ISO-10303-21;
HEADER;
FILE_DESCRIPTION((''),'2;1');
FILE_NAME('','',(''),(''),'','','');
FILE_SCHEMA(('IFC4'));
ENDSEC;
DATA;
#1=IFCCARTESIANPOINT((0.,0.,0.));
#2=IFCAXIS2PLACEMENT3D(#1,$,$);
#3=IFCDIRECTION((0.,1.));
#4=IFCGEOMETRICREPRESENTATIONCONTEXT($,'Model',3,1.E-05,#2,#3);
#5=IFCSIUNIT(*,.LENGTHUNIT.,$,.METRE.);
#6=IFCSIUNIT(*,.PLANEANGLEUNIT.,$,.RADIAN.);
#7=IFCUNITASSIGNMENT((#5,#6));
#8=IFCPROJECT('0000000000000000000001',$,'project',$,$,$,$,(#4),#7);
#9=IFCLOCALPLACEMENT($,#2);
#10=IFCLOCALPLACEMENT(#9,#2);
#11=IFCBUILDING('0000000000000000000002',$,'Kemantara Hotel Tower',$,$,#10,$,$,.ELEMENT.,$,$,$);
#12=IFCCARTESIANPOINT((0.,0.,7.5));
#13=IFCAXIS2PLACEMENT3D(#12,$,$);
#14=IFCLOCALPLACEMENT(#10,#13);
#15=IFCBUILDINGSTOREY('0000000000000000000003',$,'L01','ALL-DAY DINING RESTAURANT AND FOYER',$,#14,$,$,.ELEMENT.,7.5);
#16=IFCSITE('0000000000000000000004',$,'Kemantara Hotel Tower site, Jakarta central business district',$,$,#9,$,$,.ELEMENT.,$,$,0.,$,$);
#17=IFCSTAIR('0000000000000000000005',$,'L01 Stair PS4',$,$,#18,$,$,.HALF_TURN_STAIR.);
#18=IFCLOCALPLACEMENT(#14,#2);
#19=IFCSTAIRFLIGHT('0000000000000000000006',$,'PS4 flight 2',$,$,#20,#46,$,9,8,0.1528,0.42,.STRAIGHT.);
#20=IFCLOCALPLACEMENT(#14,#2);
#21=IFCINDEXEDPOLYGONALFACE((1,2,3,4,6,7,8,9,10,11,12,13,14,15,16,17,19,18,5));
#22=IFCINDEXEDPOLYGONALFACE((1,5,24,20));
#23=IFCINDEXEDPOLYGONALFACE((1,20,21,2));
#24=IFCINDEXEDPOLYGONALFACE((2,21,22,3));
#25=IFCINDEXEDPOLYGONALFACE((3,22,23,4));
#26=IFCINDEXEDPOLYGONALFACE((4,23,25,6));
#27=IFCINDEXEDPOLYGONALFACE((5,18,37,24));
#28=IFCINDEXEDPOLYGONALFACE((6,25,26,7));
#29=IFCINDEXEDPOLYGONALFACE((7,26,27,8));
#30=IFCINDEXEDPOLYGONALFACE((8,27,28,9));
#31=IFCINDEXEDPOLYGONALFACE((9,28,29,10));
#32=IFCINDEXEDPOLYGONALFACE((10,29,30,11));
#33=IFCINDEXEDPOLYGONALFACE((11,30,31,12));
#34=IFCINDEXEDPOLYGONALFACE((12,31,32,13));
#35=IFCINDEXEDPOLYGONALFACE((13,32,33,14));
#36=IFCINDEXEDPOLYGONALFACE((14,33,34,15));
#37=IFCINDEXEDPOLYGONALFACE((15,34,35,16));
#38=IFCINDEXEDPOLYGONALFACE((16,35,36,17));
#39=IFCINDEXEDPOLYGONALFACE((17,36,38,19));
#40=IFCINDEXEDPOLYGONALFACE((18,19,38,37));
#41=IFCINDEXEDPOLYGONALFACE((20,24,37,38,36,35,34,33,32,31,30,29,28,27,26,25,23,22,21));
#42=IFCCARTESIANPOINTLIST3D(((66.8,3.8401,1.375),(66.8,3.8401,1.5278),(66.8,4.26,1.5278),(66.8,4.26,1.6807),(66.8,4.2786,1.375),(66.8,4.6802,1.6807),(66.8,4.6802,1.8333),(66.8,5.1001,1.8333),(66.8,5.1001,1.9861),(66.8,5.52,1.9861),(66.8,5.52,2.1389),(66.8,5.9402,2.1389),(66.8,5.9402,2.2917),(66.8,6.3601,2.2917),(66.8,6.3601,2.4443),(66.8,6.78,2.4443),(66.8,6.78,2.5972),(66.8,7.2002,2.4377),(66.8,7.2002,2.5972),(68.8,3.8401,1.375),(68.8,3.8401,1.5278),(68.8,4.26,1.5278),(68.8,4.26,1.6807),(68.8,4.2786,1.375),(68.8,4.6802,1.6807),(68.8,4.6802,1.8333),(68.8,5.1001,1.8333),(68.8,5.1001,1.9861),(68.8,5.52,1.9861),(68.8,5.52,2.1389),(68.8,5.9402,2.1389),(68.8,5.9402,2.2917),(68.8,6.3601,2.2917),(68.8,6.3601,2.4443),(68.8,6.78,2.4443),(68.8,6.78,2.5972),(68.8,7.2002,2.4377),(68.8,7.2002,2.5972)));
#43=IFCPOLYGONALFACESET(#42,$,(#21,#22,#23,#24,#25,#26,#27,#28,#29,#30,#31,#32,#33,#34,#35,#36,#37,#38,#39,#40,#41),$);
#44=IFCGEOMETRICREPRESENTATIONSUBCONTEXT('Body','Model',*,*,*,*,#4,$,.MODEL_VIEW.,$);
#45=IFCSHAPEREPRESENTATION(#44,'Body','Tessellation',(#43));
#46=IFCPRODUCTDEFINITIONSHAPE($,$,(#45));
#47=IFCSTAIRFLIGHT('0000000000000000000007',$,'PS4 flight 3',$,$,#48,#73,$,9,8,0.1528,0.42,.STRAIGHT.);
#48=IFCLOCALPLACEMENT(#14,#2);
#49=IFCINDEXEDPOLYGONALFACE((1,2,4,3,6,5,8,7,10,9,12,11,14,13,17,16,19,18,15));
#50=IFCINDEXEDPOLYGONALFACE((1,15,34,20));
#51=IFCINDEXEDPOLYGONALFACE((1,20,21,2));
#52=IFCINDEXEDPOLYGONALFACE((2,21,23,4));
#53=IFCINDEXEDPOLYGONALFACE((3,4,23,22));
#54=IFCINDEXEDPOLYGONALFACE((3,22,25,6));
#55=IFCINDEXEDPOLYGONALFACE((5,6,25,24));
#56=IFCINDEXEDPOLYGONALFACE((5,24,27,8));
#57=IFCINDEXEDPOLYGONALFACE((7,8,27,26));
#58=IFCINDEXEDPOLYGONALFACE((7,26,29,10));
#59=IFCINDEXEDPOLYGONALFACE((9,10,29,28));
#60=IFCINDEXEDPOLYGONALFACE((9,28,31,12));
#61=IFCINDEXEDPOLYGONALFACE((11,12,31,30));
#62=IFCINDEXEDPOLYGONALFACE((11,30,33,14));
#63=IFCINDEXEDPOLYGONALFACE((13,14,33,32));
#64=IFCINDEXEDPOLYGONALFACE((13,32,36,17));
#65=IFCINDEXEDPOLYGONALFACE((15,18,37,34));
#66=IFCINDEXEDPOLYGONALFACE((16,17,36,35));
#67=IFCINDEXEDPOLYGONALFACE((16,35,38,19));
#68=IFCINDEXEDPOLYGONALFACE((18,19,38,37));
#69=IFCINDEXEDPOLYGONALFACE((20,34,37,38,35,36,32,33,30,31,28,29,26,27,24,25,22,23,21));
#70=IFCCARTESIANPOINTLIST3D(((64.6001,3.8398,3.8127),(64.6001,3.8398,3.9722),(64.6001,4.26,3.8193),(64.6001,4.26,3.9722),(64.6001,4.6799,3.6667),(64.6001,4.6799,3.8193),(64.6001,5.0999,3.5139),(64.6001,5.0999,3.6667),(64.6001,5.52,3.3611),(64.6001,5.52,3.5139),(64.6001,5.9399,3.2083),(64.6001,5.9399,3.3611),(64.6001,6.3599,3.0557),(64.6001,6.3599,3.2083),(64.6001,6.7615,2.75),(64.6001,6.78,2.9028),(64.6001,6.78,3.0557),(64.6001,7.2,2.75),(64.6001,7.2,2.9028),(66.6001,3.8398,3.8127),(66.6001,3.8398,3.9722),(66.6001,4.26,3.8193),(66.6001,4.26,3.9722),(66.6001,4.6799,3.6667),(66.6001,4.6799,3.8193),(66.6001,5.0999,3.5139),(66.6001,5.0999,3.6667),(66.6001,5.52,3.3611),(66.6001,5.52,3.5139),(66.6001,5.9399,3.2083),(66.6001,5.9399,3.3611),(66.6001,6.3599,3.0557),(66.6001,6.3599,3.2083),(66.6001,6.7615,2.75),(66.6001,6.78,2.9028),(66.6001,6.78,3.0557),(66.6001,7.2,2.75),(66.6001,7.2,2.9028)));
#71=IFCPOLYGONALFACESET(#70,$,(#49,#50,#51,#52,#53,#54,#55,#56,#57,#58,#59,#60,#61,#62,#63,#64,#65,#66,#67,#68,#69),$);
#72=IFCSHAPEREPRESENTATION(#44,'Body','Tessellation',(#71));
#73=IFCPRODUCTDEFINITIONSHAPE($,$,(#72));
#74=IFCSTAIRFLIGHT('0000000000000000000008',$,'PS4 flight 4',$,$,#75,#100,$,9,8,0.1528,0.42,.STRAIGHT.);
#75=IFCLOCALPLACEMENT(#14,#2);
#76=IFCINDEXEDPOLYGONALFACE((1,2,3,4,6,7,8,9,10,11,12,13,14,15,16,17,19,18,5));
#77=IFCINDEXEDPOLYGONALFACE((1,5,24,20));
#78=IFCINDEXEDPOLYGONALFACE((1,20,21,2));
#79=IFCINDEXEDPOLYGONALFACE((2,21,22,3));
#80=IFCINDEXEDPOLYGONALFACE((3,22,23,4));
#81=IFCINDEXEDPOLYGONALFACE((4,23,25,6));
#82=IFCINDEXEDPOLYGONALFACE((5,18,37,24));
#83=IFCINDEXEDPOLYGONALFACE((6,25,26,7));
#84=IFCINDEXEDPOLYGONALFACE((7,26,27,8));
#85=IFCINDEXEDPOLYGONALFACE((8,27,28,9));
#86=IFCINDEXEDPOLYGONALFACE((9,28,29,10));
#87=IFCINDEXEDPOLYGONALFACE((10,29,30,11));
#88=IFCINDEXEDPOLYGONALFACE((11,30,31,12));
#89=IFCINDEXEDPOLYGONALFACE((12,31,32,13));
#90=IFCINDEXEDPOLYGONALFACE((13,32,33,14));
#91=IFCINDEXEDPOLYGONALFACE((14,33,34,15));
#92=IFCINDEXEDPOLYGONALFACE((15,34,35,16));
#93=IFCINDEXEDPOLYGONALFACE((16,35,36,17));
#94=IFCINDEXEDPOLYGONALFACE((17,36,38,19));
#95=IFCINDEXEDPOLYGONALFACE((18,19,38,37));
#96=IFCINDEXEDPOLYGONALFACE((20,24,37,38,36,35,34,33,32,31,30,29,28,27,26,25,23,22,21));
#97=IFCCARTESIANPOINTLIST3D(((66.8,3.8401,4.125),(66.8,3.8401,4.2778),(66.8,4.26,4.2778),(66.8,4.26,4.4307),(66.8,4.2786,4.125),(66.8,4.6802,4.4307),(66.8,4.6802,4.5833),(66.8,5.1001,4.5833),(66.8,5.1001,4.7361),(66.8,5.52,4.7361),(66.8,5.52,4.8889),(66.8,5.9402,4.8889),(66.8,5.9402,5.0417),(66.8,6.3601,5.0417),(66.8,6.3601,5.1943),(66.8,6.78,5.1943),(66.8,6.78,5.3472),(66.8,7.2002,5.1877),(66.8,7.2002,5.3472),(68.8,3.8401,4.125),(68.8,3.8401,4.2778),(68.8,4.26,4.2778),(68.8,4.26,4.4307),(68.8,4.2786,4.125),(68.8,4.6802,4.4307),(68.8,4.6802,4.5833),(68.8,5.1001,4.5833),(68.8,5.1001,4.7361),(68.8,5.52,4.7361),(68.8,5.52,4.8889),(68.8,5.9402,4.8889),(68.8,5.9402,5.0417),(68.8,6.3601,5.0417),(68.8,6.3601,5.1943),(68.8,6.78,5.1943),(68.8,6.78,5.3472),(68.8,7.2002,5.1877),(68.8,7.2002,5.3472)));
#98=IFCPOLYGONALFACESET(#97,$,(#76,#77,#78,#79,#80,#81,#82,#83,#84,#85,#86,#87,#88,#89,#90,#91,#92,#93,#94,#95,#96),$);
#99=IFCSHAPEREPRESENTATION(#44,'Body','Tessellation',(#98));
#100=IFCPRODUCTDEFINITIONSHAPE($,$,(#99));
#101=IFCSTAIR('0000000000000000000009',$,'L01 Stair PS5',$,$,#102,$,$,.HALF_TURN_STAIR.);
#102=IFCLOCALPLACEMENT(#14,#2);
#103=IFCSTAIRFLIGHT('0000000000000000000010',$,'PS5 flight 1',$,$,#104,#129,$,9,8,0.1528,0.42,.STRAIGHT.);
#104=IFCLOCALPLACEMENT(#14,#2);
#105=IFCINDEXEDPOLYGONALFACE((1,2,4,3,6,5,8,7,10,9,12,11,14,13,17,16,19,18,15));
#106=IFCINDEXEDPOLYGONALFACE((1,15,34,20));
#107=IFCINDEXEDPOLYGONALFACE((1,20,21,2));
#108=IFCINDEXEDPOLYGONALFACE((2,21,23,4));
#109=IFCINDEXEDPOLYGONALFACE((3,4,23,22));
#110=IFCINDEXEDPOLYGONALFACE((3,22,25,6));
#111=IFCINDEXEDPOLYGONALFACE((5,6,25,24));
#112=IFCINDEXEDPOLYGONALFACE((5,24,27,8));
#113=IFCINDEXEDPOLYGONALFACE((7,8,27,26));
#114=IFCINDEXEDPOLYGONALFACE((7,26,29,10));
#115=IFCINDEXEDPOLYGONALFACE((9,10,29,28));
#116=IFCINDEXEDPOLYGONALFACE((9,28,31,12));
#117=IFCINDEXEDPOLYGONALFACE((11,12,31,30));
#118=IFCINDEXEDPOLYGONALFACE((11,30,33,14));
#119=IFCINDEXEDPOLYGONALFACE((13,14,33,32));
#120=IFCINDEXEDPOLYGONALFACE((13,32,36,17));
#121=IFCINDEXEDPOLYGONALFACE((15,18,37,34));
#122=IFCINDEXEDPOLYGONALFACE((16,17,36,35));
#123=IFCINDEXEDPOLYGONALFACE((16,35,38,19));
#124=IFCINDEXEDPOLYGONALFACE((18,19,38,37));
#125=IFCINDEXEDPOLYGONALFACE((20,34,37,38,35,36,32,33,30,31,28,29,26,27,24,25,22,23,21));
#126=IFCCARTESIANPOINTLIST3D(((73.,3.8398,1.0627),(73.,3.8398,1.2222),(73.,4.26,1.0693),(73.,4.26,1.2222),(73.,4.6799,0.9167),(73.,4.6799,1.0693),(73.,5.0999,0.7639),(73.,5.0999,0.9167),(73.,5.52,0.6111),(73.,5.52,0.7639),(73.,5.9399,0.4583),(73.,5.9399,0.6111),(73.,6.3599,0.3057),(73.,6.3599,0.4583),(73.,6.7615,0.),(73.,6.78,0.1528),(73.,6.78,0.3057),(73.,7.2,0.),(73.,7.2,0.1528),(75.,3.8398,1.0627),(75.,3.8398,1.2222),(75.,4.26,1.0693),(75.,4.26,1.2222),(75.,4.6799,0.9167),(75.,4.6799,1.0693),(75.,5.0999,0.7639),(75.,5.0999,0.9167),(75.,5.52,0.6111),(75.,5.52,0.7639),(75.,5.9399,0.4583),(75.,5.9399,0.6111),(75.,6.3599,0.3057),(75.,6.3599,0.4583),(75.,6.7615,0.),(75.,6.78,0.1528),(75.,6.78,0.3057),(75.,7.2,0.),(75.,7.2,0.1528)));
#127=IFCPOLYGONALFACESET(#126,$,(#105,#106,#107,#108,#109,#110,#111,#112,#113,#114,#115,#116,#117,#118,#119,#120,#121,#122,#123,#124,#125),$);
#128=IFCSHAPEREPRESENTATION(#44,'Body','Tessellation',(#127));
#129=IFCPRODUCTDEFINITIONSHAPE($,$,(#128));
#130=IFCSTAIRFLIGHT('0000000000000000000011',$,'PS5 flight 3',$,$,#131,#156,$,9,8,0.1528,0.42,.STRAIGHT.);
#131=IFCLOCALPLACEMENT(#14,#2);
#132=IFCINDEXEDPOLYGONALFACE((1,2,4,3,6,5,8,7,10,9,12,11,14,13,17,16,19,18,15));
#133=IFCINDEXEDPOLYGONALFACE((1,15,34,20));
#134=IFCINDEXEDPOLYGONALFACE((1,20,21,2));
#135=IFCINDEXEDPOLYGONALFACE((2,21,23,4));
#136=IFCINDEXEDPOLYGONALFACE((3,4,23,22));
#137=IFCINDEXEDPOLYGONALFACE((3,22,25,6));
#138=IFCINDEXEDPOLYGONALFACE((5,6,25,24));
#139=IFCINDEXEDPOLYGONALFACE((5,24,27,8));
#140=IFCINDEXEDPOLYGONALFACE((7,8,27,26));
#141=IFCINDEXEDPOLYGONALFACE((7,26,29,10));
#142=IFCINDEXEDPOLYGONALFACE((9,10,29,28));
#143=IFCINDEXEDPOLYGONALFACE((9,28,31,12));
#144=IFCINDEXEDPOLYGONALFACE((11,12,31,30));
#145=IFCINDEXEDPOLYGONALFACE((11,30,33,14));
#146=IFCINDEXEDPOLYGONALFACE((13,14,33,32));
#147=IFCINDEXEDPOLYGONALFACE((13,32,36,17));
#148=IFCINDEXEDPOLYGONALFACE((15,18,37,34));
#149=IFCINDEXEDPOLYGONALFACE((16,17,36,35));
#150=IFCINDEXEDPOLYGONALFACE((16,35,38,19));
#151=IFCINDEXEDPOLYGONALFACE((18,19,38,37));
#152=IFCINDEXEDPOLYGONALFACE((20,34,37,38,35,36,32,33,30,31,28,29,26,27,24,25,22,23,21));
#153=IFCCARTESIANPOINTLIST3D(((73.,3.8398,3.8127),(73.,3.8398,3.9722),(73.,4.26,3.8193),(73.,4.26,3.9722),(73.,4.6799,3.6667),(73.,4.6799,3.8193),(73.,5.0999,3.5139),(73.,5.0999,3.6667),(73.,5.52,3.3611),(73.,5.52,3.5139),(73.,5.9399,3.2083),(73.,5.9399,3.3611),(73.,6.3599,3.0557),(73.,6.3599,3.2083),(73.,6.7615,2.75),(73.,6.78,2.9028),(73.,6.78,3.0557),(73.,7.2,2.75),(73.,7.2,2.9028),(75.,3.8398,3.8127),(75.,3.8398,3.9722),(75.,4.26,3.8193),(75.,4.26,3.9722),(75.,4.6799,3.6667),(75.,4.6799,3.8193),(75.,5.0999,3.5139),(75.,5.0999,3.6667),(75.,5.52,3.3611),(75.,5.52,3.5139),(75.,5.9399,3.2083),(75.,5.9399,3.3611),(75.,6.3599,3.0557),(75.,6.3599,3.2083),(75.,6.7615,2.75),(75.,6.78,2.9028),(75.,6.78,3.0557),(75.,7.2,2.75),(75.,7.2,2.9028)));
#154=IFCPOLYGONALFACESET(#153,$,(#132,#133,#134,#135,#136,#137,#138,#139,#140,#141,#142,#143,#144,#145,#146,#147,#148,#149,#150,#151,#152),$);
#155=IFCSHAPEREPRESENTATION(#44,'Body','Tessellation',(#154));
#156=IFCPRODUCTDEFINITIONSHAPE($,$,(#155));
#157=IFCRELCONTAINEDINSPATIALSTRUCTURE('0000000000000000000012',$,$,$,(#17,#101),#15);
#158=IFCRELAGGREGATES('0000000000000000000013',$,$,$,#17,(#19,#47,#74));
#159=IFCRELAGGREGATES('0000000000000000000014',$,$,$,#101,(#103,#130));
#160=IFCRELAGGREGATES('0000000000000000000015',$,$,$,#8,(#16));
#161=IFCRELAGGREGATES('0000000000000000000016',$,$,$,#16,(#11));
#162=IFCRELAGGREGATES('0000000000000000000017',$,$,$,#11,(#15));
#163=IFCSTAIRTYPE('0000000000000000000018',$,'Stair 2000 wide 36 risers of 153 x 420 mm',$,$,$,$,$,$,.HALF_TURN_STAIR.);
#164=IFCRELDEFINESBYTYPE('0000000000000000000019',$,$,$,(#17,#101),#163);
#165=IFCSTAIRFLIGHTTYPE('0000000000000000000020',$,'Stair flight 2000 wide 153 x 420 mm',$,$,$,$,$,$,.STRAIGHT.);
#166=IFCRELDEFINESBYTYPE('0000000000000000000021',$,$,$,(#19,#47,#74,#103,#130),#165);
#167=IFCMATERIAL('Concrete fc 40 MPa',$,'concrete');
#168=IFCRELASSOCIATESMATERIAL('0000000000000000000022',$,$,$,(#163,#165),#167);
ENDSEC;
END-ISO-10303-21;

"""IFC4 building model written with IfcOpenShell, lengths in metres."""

from ifc_helpers import new_model, si_unit, direction, frame, origin, place, context, subcontext, project, spatial, polyline, outline, extrude, material, type_object, element, aggregate, save


model = new_model("IFC4")

# Units and contexts
model_context = context("Model", 3, precision=1e-05, world=origin(), true_north=direction((0.0, 1.0)))
body_context = subcontext(model_context, "Body", "Model", "MODEL_VIEW")
ifc_project = project(units=[si_unit("LENGTHUNIT", "METRE"), si_unit("PLANEANGLEUNIT", "RADIAN")], contexts=[model_context])

# Site, building, storey
site_placement = place(None, origin())
site = spatial("IfcSite", under=ifc_project, at=site_placement, Name="Kemantara Hotel Tower site, Jakarta central business district", CompositionType="ELEMENT", RefElevation=0.0)
building_placement = place(site_placement, origin())
building = spatial("IfcBuilding", under=site, at=building_placement, Name="Kemantara Hotel Tower", CompositionType="ELEMENT")
storey_placement = place(building_placement, frame((0.0, 0.0, 7.5)))
storey = spatial("IfcBuildingStorey", under=building, at=storey_placement, Name="L01", Description="ALL-DAY DINING RESTAURANT AND FOYER", CompositionType="ELEMENT", Elevation=7.5)

# Shared definitions
ifc_material_1 = material(Name="Concrete fc 40 MPa", Category="concrete")

# Stairs, stair flights
stair_type = type_object("IfcStairType", Name="Stair 2000 wide 36 risers of 153 x 420 mm", PredefinedType="HALF_TURN_STAIR", material=ifc_material_1)
stair_1_placement = place(storey_placement, origin())
stair_1 = element("IfcStair", 1, at=stair_1_placement, inside=storey, type_object=stair_type, Name="L01 Stair PS4", PredefinedType="HALF_TURN_STAIR")
stair_flight_type = type_object("IfcStairFlightType", Name="Stair flight 2000 wide 153 x 420 mm", PredefinedType="STRAIGHT", material=ifc_material_1)
stair_flight_1_placement = place(storey_placement, frame((67.8, 3.8401, 1.375), z_axis=(0.0, 0.0, 1.0), x_axis=(0.0, 1.0, 0.0)))
stair_flight_1 = element("IfcStairFlight", 2, at=stair_flight_1_placement, type_object=stair_flight_type, Name="PS4 flight 2", NumberOfRisers=9, NumberOfTreads=8, PredefinedType="STRAIGHT", RiserHeight=0.1528, TreadLength=0.42, context=body_context, shape_type="SweptSolid", body=[
    extrude(outline(polyline([(0.0, 0.0), (0.0, 0.1528), (0.4199, 0.1528), (0.4199, 0.3057), (0.8401, 0.3057), (0.8401, 0.4583), (1.26, 0.4583), (1.26, 0.6111), (1.6799, 0.6111), (1.6799, 0.7639), (2.1001, 0.7639), (2.1001, 0.9167), (2.52, 0.9167), (2.52, 1.0693), (2.9399, 1.0693), (2.9399, 1.2222), (3.3601, 1.2222), (3.3601, 1.375), (3.3601, 1.0627), (0.4385, 0.0), (0.0, 0.0)])), frame((0.0, 1.0, 0.0), z_axis=(0.0, -1.0, 0.0), x_axis=(1.0, 0.0, 0.0)), (0.0, 0.0, 1.0), 2.0),
])
stair_flight_2_placement = place(storey_placement, frame((65.6001, 7.2, 2.75), z_axis=(0.0, 0.0, 1.0), x_axis=(0.0, -1.0, 0.0)))
stair_flight_2 = element("IfcStairFlight", 3, at=stair_flight_2_placement, type_object=stair_flight_type, Name="PS4 flight 3", NumberOfRisers=9, NumberOfTreads=8, PredefinedType="STRAIGHT", RiserHeight=0.1528, TreadLength=0.42, context=body_context, shape_type="SweptSolid", body=[
    extrude(outline(polyline([(0.0, 0.0), (0.0, 0.1528), (0.4199, 0.1528), (0.4199, 0.3057), (0.8401, 0.3057), (0.8401, 0.4583), (1.26, 0.4583), (1.26, 0.6111), (1.6799, 0.6111), (1.6799, 0.7639), (2.1001, 0.7639), (2.1001, 0.9167), (2.52, 0.9167), (2.52, 1.0693), (2.9399, 1.0693), (2.9399, 1.2222), (3.3601, 1.2222), (3.3601, 1.375), (3.3601, 1.0627), (0.4385, 0.0), (0.0, 0.0)])), frame((0.0, 1.0, 0.0), z_axis=(0.0, -1.0, 0.0), x_axis=(1.0, 0.0, 0.0)), (0.0, 0.0, 1.0), 2.0),
])
stair_flight_3_placement = place(storey_placement, frame((67.8, 3.8401, 4.125), z_axis=(0.0, 0.0, 1.0), x_axis=(0.0, 1.0, 0.0)))
stair_flight_3 = element("IfcStairFlight", 4, at=stair_flight_3_placement, type_object=stair_flight_type, Name="PS4 flight 4", NumberOfRisers=9, NumberOfTreads=8, PredefinedType="STRAIGHT", RiserHeight=0.1528, TreadLength=0.42, context=body_context, shape_type="SweptSolid", body=[
    extrude(outline(polyline([(0.0, 0.0), (0.0, 0.1528), (0.4199, 0.1528), (0.4199, 0.3057), (0.8401, 0.3057), (0.8401, 0.4583), (1.26, 0.4583), (1.26, 0.6111), (1.6799, 0.6111), (1.6799, 0.7639), (2.1001, 0.7639), (2.1001, 0.9167), (2.52, 0.9167), (2.52, 1.0693), (2.9399, 1.0693), (2.9399, 1.2222), (3.3601, 1.2222), (3.3601, 1.375), (3.3601, 1.0627), (0.4385, 0.0), (0.0, 0.0)])), frame((0.0, 1.0, 0.0), z_axis=(0.0, -1.0, 0.0), x_axis=(1.0, 0.0, 0.0)), (0.0, 0.0, 1.0), 2.0),
])
aggregate(stair_1, [stair_flight_1, stair_flight_2, stair_flight_3])
stair_2_placement = place(storey_placement, origin())
stair_2 = element("IfcStair", 5, at=stair_2_placement, inside=storey, type_object=stair_type, Name="L01 Stair PS5", PredefinedType="HALF_TURN_STAIR")
stair_flight_4_placement = place(storey_placement, frame((74.0, 7.2, 0.0), z_axis=(0.0, 0.0, 1.0), x_axis=(0.0, -1.0, 0.0)))
stair_flight_4 = element("IfcStairFlight", 6, at=stair_flight_4_placement, type_object=stair_flight_type, Name="PS5 flight 1", NumberOfRisers=9, NumberOfTreads=8, PredefinedType="STRAIGHT", RiserHeight=0.1528, TreadLength=0.42, context=body_context, shape_type="SweptSolid", body=[
    extrude(outline(polyline([(0.0, 0.0), (0.0, 0.1528), (0.4199, 0.1528), (0.4199, 0.3057), (0.8401, 0.3057), (0.8401, 0.4583), (1.26, 0.4583), (1.26, 0.6111), (1.6799, 0.6111), (1.6799, 0.7639), (2.1001, 0.7639), (2.1001, 0.9167), (2.52, 0.9167), (2.52, 1.0693), (2.9399, 1.0693), (2.9399, 1.2222), (3.3601, 1.2222), (3.3601, 1.375), (3.3601, 1.0627), (0.4385, 0.0), (0.0, 0.0)])), frame((0.0, 1.0, 0.0), z_axis=(0.0, -1.0, 0.0), x_axis=(1.0, 0.0, 0.0)), (0.0, 0.0, 1.0), 2.0),
])
stair_flight_5_placement = place(storey_placement, frame((74.0, 7.2, 2.75), z_axis=(0.0, 0.0, 1.0), x_axis=(0.0, -1.0, 0.0)))
stair_flight_5 = element("IfcStairFlight", 7, at=stair_flight_5_placement, type_object=stair_flight_type, Name="PS5 flight 3", NumberOfRisers=9, NumberOfTreads=8, PredefinedType="STRAIGHT", RiserHeight=0.1528, TreadLength=0.42, context=body_context, shape_type="SweptSolid", body=[
    extrude(outline(polyline([(0.0, 0.0), (0.0, 0.1528), (0.4199, 0.1528), (0.4199, 0.3057), (0.8401, 0.3057), (0.8401, 0.4583), (1.26, 0.4583), (1.26, 0.6111), (1.6799, 0.6111), (1.6799, 0.7639), (2.1001, 0.7639), (2.1001, 0.9167), (2.52, 0.9167), (2.52, 1.0693), (2.9399, 1.0693), (2.9399, 1.2222), (3.3601, 1.2222), (3.3601, 1.375), (3.3601, 1.0627), (0.4385, 0.0), (0.0, 0.0)])), frame((0.0, 1.0, 0.0), z_axis=(0.0, -1.0, 0.0), x_axis=(1.0, 0.0, 0.0)), (0.0, 0.0, 1.0), 2.0),
])
aggregate(stair_2, [stair_flight_4, stair_flight_5])

save(model, "model.ifc")
